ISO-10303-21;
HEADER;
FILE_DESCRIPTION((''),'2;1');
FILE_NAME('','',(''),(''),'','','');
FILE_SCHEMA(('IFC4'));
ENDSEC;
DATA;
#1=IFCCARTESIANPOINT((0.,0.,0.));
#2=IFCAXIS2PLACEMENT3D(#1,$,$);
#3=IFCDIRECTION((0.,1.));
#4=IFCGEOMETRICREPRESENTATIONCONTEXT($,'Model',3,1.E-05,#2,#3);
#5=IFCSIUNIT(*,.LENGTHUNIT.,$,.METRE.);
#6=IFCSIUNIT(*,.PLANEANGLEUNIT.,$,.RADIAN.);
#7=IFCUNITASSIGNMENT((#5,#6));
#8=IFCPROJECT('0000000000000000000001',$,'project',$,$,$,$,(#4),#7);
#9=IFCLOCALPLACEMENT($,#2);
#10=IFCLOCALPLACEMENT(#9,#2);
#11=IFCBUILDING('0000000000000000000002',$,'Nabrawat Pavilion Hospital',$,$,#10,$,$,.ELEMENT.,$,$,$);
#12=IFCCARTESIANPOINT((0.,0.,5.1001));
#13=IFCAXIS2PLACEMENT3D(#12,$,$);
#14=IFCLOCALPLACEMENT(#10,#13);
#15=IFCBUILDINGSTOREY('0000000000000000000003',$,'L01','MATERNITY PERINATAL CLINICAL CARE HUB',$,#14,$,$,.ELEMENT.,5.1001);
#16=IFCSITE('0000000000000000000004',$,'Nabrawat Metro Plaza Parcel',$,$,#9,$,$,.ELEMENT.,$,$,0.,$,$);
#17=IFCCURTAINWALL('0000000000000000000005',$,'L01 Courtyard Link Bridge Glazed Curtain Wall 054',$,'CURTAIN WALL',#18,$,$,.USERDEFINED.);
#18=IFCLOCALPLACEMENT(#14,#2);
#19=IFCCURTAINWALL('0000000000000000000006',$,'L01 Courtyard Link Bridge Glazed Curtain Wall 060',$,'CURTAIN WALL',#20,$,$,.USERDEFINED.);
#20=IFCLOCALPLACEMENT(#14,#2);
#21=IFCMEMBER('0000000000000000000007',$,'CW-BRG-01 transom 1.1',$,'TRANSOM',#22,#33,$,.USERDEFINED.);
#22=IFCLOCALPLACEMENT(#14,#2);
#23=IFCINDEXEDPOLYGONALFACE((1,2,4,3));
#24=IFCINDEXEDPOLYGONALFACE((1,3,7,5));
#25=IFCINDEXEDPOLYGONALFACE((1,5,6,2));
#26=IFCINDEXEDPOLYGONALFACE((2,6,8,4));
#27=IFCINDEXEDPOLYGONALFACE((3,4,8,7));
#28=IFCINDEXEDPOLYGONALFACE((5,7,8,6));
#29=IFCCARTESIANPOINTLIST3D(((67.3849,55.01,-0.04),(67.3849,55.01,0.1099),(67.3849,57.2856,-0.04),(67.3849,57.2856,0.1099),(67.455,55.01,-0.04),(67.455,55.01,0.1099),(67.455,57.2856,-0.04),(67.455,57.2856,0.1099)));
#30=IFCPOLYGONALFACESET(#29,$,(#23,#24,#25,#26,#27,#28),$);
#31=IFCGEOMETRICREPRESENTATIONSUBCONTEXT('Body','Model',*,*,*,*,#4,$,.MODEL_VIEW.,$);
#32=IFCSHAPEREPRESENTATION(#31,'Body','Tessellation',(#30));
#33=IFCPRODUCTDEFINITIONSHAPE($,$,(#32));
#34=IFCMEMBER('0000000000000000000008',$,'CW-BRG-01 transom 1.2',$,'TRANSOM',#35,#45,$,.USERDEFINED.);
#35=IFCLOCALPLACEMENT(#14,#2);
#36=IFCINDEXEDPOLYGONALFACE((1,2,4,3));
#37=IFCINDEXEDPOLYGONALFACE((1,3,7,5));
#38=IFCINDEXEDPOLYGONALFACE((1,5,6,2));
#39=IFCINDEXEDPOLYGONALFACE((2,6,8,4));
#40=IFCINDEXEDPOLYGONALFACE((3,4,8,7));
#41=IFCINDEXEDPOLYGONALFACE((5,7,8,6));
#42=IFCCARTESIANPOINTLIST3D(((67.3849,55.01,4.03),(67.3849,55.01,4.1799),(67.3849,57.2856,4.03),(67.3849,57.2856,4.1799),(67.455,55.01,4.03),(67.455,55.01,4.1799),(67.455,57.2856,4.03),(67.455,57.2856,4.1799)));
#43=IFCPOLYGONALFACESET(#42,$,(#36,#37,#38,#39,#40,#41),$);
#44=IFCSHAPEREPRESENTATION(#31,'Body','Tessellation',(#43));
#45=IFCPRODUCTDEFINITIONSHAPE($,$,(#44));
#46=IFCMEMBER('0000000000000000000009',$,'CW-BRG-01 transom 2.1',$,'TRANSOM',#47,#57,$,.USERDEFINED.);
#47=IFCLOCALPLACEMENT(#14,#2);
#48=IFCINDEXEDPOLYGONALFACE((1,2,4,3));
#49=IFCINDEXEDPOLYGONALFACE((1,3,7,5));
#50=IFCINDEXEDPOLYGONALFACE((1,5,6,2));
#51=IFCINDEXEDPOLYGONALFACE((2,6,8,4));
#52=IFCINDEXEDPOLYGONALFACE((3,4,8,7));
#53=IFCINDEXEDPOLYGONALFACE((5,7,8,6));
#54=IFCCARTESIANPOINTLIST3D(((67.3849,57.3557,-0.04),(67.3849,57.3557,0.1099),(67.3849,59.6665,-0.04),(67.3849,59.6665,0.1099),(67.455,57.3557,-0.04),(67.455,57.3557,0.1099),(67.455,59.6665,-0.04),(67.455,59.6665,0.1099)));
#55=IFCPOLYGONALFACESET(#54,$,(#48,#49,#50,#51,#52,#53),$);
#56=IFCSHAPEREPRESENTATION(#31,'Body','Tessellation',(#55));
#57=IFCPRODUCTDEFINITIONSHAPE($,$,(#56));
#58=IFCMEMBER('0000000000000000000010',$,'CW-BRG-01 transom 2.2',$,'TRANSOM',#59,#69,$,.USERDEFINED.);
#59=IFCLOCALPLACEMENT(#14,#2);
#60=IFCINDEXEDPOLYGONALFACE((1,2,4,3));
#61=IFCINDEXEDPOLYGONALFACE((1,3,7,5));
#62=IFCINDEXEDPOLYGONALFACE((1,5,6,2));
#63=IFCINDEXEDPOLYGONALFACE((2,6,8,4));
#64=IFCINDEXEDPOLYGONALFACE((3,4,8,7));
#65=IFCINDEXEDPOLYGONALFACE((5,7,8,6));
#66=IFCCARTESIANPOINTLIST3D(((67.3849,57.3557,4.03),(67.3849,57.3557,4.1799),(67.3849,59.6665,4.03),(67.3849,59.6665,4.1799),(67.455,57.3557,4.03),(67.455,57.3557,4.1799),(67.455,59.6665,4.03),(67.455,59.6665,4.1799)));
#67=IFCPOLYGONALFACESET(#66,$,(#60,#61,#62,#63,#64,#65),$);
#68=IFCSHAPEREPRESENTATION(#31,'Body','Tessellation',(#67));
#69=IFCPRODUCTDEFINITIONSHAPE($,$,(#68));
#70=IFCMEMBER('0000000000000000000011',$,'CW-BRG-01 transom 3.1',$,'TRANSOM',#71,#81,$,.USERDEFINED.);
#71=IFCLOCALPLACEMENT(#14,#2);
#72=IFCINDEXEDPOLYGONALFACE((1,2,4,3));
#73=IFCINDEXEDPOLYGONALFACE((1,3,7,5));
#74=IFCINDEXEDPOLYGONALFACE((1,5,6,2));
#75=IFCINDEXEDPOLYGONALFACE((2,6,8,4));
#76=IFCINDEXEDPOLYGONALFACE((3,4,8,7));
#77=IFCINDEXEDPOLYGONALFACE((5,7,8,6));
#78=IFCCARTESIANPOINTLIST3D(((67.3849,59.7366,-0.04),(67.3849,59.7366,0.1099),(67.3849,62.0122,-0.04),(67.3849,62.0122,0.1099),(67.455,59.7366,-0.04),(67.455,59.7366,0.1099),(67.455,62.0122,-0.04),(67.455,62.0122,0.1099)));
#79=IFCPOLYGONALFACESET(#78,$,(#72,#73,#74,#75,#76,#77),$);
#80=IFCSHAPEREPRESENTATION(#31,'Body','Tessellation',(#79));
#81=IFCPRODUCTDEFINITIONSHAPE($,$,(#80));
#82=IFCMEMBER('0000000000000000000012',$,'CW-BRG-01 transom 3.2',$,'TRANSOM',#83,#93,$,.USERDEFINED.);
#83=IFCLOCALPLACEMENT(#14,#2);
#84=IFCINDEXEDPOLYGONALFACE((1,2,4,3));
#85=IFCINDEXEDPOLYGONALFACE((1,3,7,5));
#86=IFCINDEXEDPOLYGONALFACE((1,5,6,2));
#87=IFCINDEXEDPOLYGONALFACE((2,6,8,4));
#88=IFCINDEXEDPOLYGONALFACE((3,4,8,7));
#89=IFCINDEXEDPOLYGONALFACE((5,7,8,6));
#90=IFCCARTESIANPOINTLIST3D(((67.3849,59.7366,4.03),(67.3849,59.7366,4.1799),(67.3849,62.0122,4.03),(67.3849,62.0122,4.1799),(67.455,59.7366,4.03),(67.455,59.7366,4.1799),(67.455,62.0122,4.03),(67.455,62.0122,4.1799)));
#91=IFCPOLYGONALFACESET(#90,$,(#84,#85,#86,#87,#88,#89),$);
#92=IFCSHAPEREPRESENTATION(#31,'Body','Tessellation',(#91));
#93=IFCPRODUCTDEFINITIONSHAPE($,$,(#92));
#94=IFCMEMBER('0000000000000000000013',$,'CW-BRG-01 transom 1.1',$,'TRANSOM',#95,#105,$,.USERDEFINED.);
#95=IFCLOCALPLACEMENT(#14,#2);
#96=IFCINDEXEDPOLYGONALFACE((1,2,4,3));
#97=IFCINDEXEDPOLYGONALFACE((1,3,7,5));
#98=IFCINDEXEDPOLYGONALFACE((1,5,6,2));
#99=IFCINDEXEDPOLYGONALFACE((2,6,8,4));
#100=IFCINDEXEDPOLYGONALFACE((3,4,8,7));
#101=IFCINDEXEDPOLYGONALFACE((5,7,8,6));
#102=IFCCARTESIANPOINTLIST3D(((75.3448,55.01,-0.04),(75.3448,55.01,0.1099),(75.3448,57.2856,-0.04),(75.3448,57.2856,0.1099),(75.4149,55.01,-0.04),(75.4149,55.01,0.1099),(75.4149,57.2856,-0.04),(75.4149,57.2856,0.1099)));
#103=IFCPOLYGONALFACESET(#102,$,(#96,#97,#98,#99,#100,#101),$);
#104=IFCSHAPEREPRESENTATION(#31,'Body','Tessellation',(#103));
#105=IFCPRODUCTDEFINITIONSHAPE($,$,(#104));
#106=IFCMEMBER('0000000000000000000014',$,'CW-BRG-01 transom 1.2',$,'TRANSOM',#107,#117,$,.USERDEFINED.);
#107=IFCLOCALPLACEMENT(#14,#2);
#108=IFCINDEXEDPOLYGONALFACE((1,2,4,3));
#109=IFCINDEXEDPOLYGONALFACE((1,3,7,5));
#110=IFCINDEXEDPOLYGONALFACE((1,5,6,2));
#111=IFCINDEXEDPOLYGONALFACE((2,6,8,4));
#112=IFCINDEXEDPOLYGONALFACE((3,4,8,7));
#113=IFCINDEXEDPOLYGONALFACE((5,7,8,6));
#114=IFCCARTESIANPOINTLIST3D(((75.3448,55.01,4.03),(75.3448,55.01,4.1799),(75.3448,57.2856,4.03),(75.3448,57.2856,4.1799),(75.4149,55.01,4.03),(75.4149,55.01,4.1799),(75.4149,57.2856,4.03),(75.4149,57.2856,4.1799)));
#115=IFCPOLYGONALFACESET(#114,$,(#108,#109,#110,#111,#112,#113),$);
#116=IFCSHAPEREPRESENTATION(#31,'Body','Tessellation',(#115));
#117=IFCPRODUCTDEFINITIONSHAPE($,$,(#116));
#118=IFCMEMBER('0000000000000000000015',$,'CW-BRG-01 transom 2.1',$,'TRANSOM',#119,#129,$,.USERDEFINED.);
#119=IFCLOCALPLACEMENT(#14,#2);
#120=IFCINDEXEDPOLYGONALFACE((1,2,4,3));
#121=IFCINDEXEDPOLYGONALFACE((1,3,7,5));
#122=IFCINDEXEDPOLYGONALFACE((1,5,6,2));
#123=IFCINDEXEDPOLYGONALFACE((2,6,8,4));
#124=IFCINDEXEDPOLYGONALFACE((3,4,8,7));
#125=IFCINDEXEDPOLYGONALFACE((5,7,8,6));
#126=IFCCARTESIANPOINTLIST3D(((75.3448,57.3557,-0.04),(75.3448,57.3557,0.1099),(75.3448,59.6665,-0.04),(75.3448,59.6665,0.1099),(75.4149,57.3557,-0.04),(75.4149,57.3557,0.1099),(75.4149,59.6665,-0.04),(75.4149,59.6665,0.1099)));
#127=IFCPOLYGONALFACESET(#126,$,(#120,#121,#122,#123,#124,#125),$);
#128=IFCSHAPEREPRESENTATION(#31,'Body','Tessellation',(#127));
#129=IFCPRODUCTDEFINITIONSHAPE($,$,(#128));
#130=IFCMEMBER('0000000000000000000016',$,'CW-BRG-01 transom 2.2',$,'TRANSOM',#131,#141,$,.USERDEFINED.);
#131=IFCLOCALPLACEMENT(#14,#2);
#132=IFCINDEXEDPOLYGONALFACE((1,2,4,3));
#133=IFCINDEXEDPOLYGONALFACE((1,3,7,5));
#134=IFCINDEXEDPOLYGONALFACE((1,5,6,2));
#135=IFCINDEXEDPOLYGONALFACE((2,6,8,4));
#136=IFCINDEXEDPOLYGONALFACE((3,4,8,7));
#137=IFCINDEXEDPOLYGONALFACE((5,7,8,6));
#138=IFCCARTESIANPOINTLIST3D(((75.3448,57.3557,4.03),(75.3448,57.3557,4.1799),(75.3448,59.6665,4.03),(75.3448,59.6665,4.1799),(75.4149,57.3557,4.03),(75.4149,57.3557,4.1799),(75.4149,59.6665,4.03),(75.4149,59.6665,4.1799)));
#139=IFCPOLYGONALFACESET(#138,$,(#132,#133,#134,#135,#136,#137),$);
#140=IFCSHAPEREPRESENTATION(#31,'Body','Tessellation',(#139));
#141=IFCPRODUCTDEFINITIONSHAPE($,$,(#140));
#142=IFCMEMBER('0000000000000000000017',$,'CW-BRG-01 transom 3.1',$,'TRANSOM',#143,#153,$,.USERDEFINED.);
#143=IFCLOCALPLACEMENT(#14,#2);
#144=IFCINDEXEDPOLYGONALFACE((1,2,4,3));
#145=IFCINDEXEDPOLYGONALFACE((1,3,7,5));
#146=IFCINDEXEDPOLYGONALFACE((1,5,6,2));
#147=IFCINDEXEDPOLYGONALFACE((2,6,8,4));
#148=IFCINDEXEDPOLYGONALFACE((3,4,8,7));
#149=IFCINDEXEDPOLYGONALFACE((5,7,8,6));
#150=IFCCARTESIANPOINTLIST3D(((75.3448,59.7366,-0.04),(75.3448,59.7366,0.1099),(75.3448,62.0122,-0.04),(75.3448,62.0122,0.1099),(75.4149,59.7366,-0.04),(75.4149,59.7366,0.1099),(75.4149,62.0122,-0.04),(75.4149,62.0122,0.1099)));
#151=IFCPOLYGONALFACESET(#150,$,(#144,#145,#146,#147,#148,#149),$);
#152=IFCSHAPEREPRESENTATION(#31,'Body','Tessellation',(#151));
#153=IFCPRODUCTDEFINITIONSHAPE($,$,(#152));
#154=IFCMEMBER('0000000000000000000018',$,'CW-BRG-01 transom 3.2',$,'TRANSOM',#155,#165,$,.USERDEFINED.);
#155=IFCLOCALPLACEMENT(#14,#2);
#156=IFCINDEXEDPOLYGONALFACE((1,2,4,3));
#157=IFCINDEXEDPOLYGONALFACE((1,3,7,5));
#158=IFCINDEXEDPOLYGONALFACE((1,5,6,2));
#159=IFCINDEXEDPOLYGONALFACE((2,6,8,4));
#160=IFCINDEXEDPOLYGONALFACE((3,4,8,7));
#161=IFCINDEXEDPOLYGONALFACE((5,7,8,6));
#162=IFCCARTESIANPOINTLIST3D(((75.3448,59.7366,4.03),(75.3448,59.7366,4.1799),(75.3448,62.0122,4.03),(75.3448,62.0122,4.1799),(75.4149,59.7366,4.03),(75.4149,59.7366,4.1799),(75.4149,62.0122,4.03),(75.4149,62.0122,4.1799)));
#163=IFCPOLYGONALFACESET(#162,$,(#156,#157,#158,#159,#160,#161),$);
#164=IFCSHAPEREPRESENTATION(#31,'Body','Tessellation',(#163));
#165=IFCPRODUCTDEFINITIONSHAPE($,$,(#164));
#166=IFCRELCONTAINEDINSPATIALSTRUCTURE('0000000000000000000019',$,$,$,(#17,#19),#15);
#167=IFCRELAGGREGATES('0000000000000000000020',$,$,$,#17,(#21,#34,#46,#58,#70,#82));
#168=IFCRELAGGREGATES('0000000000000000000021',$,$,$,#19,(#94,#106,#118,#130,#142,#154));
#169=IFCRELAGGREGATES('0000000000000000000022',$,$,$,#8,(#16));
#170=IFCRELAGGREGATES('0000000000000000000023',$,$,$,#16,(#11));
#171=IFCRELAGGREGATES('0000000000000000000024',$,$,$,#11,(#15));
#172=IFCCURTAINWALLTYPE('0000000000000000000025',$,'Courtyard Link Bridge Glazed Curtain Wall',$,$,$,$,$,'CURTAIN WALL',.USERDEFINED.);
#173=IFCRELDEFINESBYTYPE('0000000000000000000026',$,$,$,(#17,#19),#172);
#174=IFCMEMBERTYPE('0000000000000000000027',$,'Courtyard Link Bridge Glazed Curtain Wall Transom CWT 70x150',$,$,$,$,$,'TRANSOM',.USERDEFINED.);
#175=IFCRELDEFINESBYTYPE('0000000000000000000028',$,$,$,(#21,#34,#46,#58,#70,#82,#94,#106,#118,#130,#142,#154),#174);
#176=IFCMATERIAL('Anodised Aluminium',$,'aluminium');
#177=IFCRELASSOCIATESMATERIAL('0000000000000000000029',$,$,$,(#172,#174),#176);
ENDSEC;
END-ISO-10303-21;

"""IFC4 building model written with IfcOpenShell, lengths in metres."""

from ifc_helpers import new_model, si_unit, direction, frame, origin, origin_2d, place, context, subcontext, project, spatial, rectangle, extrude, material, material_profile, profile_set, type_object, element, aggregate, save


model = new_model("IFC4")

# Units and contexts
model_context = context("Model", 3, precision=1e-05, world=origin(), true_north=direction((0.0, 1.0)))
body_context = subcontext(model_context, "Body", "Model", "MODEL_VIEW")
ifc_project = project(units=[si_unit("LENGTHUNIT", "METRE"), si_unit("PLANEANGLEUNIT", "RADIAN")], contexts=[model_context])

# Site, building, storey
site_placement = place(None, origin())
site = spatial("IfcSite", under=ifc_project, at=site_placement, Name="Nabrawat Metro Plaza Parcel", CompositionType="ELEMENT", RefElevation=0.0)
building_placement = place(site_placement, origin())
building = spatial("IfcBuilding", under=site, at=building_placement, Name="Nabrawat Pavilion Hospital", CompositionType="ELEMENT")
storey_placement = place(building_placement, frame((0.0, 0.0, 5.1001)))
storey = spatial("IfcBuildingStorey", under=building, at=storey_placement, Name="L01", Description="MATERNITY PERINATAL CLINICAL CARE HUB", CompositionType="ELEMENT", Elevation=5.1001)

# Curtain walls
ifc_material_1 = material(Name="Anodised Aluminium", Category="aluminium")
curtain_wall_type = type_object("IfcCurtainWallType", Name="Courtyard Link Bridge Glazed Curtain Wall", ElementType="CURTAIN WALL", PredefinedType="USERDEFINED", material=ifc_material_1)
curtain_wall_1_placement = place(storey_placement, origin())
curtain_wall_1 = element("IfcCurtainWall", 1, at=curtain_wall_1_placement, inside=storey, type_object=curtain_wall_type, Name="L01 Courtyard Link Bridge Glazed Curtain Wall 054", ObjectType="CURTAIN WALL", PredefinedType="USERDEFINED")
curtain_wall_2_placement = place(storey_placement, origin())
curtain_wall_2 = element("IfcCurtainWall", 2, at=curtain_wall_2_placement, inside=storey, type_object=curtain_wall_type, Name="L01 Courtyard Link Bridge Glazed Curtain Wall 060", ObjectType="CURTAIN WALL", PredefinedType="USERDEFINED")

# Members
ifc_material_profile_1 = material_profile(ifc_material_1, rectangle(XDim=0.0701, YDim=0.1499, at=origin_2d()), Name="CWT 70x150")
ifc_profile_set_1 = profile_set([ifc_material_profile_1], Name="Anodised Aluminium")
member_type_1 = type_object("IfcMemberType", Name="Courtyard Link Bridge Glazed Curtain Wall Transom CWT 70x150", ElementType="TRANSOM", PredefinedType="USERDEFINED", material=ifc_profile_set_1)
member_1_placement = place(storey_placement, frame((67.4199, 55.01, 0.0349), z_axis=(0.0, 1.0, 0.0), x_axis=(-1.0, 0.0, 0.0)))
member_1 = element("IfcMember", 3, at=member_1_placement, type_object=member_type_1, Name="CW-BRG-01 transom 1.1", ObjectType="TRANSOM", PredefinedType="USERDEFINED", context=body_context, shape_type="SweptSolid", body=[
    extrude(rectangle(XDim=0.0701, YDim=0.1499, at=origin_2d()), origin(), (0.0, 0.0, 1.0), 2.2756),
])
member_2_placement = place(storey_placement, frame((67.4199, 55.01, 4.105), z_axis=(0.0, 1.0, 0.0), x_axis=(-1.0, 0.0, 0.0)))
member_2 = element("IfcMember", 4, at=member_2_placement, type_object=member_type_1, Name="CW-BRG-01 transom 1.2", ObjectType="TRANSOM", PredefinedType="USERDEFINED", context=body_context, shape_type="SweptSolid", body=[
    extrude(rectangle(XDim=0.0701, YDim=0.1499, at=origin_2d()), origin(), (0.0, 0.0, 1.0), 2.2756),
])
member_3_placement = place(storey_placement, frame((67.4199, 57.3557, 0.0349), z_axis=(0.0, 1.0, 0.0), x_axis=(-1.0, 0.0, 0.0)))
member_3 = element("IfcMember", 5, at=member_3_placement, type_object=member_type_1, Name="CW-BRG-01 transom 2.1", ObjectType="TRANSOM", PredefinedType="USERDEFINED", context=body_context, shape_type="SweptSolid", body=[
    extrude(rectangle(XDim=0.0701, YDim=0.1499, at=origin_2d()), origin(), (0.0, 0.0, 1.0), 2.3108),
])
member_4_placement = place(storey_placement, frame((67.4199, 57.3557, 4.105), z_axis=(0.0, 1.0, 0.0), x_axis=(-1.0, 0.0, 0.0)))
member_4 = element("IfcMember", 6, at=member_4_placement, type_object=member_type_1, Name="CW-BRG-01 transom 2.2", ObjectType="TRANSOM", PredefinedType="USERDEFINED", context=body_context, shape_type="SweptSolid", body=[
    extrude(rectangle(XDim=0.0701, YDim=0.1499, at=origin_2d()), origin(), (0.0, 0.0, 1.0), 2.3108),
])
member_5_placement = place(storey_placement, frame((67.4199, 59.7366, 0.0349), z_axis=(0.0, 1.0, 0.0), x_axis=(-1.0, 0.0, 0.0)))
member_5 = element("IfcMember", 7, at=member_5_placement, type_object=member_type_1, Name="CW-BRG-01 transom 3.1", ObjectType="TRANSOM", PredefinedType="USERDEFINED", context=body_context, shape_type="SweptSolid", body=[
    extrude(rectangle(XDim=0.0701, YDim=0.1499, at=origin_2d()), origin(), (0.0, 0.0, 1.0), 2.2756),
])
member_6_placement = place(storey_placement, frame((67.4199, 59.7366, 4.105), z_axis=(0.0, 1.0, 0.0), x_axis=(-1.0, 0.0, 0.0)))
member_6 = element("IfcMember", 8, at=member_6_placement, type_object=member_type_1, Name="CW-BRG-01 transom 3.2", ObjectType="TRANSOM", PredefinedType="USERDEFINED", context=body_context, shape_type="SweptSolid", body=[
    extrude(rectangle(XDim=0.0701, YDim=0.1499, at=origin_2d()), origin(), (0.0, 0.0, 1.0), 2.2756),
])
member_7_placement = place(storey_placement, frame((75.3799, 55.01, 0.0349), z_axis=(0.0, 1.0, 0.0), x_axis=(-1.0, 0.0, 0.0)))
member_7 = element("IfcMember", 9, at=member_7_placement, type_object=member_type_1, Name="CW-BRG-01 transom 1.1", ObjectType="TRANSOM", PredefinedType="USERDEFINED", context=body_context, shape_type="SweptSolid", body=[
    extrude(rectangle(XDim=0.0701, YDim=0.1499, at=origin_2d()), origin(), (0.0, 0.0, 1.0), 2.2756),
])
member_8_placement = place(storey_placement, frame((75.3799, 55.01, 4.105), z_axis=(0.0, 1.0, 0.0), x_axis=(-1.0, 0.0, 0.0)))
member_8 = element("IfcMember", 10, at=member_8_placement, type_object=member_type_1, Name="CW-BRG-01 transom 1.2", ObjectType="TRANSOM", PredefinedType="USERDEFINED", context=body_context, shape_type="SweptSolid", body=[
    extrude(rectangle(XDim=0.0701, YDim=0.1499, at=origin_2d()), origin(), (0.0, 0.0, 1.0), 2.2756),
])
member_9_placement = place(storey_placement, frame((75.3799, 57.3557, 0.0349), z_axis=(0.0, 1.0, 0.0), x_axis=(-1.0, 0.0, 0.0)))
member_9 = element("IfcMember", 11, at=member_9_placement, type_object=member_type_1, Name="CW-BRG-01 transom 2.1", ObjectType="TRANSOM", PredefinedType="USERDEFINED", context=body_context, shape_type="SweptSolid", body=[
    extrude(rectangle(XDim=0.0701, YDim=0.1499, at=origin_2d()), origin(), (0.0, 0.0, 1.0), 2.3108),
])
member_10_placement = place(storey_placement, frame((75.3799, 57.3557, 4.105), z_axis=(0.0, 1.0, 0.0), x_axis=(-1.0, 0.0, 0.0)))
member_10 = element("IfcMember", 12, at=member_10_placement, type_object=member_type_1, Name="CW-BRG-01 transom 2.2", ObjectType="TRANSOM", PredefinedType="USERDEFINED", context=body_context, shape_type="SweptSolid", body=[
    extrude(rectangle(XDim=0.0701, YDim=0.1499, at=origin_2d()), origin(), (0.0, 0.0, 1.0), 2.3108),
])
member_11_placement = place(storey_placement, frame((75.3799, 59.7366, 0.0349), z_axis=(0.0, 1.0, 0.0), x_axis=(-1.0, 0.0, 0.0)))
member_11 = element("IfcMember", 13, at=member_11_placement, type_object=member_type_1, Name="CW-BRG-01 transom 3.1", ObjectType="TRANSOM", PredefinedType="USERDEFINED", context=body_context, shape_type="SweptSolid", body=[
    extrude(rectangle(XDim=0.0701, YDim=0.1499, at=origin_2d()), origin(), (0.0, 0.0, 1.0), 2.2756),
])
member_12_placement = place(storey_placement, frame((75.3799, 59.7366, 4.105), z_axis=(0.0, 1.0, 0.0), x_axis=(-1.0, 0.0, 0.0)))
member_12 = element("IfcMember", 14, at=member_12_placement, type_object=member_type_1, Name="CW-BRG-01 transom 3.2", ObjectType="TRANSOM", PredefinedType="USERDEFINED", context=body_context, shape_type="SweptSolid", body=[
    extrude(rectangle(XDim=0.0701, YDim=0.1499, at=origin_2d()), origin(), (0.0, 0.0, 1.0), 2.2756),
])

aggregate(curtain_wall_1, [member_1, member_2, member_3, member_4, member_5, member_6])
aggregate(curtain_wall_2, [member_7, member_8, member_9, member_10, member_11, member_12])

save(model, "model.ifc")
